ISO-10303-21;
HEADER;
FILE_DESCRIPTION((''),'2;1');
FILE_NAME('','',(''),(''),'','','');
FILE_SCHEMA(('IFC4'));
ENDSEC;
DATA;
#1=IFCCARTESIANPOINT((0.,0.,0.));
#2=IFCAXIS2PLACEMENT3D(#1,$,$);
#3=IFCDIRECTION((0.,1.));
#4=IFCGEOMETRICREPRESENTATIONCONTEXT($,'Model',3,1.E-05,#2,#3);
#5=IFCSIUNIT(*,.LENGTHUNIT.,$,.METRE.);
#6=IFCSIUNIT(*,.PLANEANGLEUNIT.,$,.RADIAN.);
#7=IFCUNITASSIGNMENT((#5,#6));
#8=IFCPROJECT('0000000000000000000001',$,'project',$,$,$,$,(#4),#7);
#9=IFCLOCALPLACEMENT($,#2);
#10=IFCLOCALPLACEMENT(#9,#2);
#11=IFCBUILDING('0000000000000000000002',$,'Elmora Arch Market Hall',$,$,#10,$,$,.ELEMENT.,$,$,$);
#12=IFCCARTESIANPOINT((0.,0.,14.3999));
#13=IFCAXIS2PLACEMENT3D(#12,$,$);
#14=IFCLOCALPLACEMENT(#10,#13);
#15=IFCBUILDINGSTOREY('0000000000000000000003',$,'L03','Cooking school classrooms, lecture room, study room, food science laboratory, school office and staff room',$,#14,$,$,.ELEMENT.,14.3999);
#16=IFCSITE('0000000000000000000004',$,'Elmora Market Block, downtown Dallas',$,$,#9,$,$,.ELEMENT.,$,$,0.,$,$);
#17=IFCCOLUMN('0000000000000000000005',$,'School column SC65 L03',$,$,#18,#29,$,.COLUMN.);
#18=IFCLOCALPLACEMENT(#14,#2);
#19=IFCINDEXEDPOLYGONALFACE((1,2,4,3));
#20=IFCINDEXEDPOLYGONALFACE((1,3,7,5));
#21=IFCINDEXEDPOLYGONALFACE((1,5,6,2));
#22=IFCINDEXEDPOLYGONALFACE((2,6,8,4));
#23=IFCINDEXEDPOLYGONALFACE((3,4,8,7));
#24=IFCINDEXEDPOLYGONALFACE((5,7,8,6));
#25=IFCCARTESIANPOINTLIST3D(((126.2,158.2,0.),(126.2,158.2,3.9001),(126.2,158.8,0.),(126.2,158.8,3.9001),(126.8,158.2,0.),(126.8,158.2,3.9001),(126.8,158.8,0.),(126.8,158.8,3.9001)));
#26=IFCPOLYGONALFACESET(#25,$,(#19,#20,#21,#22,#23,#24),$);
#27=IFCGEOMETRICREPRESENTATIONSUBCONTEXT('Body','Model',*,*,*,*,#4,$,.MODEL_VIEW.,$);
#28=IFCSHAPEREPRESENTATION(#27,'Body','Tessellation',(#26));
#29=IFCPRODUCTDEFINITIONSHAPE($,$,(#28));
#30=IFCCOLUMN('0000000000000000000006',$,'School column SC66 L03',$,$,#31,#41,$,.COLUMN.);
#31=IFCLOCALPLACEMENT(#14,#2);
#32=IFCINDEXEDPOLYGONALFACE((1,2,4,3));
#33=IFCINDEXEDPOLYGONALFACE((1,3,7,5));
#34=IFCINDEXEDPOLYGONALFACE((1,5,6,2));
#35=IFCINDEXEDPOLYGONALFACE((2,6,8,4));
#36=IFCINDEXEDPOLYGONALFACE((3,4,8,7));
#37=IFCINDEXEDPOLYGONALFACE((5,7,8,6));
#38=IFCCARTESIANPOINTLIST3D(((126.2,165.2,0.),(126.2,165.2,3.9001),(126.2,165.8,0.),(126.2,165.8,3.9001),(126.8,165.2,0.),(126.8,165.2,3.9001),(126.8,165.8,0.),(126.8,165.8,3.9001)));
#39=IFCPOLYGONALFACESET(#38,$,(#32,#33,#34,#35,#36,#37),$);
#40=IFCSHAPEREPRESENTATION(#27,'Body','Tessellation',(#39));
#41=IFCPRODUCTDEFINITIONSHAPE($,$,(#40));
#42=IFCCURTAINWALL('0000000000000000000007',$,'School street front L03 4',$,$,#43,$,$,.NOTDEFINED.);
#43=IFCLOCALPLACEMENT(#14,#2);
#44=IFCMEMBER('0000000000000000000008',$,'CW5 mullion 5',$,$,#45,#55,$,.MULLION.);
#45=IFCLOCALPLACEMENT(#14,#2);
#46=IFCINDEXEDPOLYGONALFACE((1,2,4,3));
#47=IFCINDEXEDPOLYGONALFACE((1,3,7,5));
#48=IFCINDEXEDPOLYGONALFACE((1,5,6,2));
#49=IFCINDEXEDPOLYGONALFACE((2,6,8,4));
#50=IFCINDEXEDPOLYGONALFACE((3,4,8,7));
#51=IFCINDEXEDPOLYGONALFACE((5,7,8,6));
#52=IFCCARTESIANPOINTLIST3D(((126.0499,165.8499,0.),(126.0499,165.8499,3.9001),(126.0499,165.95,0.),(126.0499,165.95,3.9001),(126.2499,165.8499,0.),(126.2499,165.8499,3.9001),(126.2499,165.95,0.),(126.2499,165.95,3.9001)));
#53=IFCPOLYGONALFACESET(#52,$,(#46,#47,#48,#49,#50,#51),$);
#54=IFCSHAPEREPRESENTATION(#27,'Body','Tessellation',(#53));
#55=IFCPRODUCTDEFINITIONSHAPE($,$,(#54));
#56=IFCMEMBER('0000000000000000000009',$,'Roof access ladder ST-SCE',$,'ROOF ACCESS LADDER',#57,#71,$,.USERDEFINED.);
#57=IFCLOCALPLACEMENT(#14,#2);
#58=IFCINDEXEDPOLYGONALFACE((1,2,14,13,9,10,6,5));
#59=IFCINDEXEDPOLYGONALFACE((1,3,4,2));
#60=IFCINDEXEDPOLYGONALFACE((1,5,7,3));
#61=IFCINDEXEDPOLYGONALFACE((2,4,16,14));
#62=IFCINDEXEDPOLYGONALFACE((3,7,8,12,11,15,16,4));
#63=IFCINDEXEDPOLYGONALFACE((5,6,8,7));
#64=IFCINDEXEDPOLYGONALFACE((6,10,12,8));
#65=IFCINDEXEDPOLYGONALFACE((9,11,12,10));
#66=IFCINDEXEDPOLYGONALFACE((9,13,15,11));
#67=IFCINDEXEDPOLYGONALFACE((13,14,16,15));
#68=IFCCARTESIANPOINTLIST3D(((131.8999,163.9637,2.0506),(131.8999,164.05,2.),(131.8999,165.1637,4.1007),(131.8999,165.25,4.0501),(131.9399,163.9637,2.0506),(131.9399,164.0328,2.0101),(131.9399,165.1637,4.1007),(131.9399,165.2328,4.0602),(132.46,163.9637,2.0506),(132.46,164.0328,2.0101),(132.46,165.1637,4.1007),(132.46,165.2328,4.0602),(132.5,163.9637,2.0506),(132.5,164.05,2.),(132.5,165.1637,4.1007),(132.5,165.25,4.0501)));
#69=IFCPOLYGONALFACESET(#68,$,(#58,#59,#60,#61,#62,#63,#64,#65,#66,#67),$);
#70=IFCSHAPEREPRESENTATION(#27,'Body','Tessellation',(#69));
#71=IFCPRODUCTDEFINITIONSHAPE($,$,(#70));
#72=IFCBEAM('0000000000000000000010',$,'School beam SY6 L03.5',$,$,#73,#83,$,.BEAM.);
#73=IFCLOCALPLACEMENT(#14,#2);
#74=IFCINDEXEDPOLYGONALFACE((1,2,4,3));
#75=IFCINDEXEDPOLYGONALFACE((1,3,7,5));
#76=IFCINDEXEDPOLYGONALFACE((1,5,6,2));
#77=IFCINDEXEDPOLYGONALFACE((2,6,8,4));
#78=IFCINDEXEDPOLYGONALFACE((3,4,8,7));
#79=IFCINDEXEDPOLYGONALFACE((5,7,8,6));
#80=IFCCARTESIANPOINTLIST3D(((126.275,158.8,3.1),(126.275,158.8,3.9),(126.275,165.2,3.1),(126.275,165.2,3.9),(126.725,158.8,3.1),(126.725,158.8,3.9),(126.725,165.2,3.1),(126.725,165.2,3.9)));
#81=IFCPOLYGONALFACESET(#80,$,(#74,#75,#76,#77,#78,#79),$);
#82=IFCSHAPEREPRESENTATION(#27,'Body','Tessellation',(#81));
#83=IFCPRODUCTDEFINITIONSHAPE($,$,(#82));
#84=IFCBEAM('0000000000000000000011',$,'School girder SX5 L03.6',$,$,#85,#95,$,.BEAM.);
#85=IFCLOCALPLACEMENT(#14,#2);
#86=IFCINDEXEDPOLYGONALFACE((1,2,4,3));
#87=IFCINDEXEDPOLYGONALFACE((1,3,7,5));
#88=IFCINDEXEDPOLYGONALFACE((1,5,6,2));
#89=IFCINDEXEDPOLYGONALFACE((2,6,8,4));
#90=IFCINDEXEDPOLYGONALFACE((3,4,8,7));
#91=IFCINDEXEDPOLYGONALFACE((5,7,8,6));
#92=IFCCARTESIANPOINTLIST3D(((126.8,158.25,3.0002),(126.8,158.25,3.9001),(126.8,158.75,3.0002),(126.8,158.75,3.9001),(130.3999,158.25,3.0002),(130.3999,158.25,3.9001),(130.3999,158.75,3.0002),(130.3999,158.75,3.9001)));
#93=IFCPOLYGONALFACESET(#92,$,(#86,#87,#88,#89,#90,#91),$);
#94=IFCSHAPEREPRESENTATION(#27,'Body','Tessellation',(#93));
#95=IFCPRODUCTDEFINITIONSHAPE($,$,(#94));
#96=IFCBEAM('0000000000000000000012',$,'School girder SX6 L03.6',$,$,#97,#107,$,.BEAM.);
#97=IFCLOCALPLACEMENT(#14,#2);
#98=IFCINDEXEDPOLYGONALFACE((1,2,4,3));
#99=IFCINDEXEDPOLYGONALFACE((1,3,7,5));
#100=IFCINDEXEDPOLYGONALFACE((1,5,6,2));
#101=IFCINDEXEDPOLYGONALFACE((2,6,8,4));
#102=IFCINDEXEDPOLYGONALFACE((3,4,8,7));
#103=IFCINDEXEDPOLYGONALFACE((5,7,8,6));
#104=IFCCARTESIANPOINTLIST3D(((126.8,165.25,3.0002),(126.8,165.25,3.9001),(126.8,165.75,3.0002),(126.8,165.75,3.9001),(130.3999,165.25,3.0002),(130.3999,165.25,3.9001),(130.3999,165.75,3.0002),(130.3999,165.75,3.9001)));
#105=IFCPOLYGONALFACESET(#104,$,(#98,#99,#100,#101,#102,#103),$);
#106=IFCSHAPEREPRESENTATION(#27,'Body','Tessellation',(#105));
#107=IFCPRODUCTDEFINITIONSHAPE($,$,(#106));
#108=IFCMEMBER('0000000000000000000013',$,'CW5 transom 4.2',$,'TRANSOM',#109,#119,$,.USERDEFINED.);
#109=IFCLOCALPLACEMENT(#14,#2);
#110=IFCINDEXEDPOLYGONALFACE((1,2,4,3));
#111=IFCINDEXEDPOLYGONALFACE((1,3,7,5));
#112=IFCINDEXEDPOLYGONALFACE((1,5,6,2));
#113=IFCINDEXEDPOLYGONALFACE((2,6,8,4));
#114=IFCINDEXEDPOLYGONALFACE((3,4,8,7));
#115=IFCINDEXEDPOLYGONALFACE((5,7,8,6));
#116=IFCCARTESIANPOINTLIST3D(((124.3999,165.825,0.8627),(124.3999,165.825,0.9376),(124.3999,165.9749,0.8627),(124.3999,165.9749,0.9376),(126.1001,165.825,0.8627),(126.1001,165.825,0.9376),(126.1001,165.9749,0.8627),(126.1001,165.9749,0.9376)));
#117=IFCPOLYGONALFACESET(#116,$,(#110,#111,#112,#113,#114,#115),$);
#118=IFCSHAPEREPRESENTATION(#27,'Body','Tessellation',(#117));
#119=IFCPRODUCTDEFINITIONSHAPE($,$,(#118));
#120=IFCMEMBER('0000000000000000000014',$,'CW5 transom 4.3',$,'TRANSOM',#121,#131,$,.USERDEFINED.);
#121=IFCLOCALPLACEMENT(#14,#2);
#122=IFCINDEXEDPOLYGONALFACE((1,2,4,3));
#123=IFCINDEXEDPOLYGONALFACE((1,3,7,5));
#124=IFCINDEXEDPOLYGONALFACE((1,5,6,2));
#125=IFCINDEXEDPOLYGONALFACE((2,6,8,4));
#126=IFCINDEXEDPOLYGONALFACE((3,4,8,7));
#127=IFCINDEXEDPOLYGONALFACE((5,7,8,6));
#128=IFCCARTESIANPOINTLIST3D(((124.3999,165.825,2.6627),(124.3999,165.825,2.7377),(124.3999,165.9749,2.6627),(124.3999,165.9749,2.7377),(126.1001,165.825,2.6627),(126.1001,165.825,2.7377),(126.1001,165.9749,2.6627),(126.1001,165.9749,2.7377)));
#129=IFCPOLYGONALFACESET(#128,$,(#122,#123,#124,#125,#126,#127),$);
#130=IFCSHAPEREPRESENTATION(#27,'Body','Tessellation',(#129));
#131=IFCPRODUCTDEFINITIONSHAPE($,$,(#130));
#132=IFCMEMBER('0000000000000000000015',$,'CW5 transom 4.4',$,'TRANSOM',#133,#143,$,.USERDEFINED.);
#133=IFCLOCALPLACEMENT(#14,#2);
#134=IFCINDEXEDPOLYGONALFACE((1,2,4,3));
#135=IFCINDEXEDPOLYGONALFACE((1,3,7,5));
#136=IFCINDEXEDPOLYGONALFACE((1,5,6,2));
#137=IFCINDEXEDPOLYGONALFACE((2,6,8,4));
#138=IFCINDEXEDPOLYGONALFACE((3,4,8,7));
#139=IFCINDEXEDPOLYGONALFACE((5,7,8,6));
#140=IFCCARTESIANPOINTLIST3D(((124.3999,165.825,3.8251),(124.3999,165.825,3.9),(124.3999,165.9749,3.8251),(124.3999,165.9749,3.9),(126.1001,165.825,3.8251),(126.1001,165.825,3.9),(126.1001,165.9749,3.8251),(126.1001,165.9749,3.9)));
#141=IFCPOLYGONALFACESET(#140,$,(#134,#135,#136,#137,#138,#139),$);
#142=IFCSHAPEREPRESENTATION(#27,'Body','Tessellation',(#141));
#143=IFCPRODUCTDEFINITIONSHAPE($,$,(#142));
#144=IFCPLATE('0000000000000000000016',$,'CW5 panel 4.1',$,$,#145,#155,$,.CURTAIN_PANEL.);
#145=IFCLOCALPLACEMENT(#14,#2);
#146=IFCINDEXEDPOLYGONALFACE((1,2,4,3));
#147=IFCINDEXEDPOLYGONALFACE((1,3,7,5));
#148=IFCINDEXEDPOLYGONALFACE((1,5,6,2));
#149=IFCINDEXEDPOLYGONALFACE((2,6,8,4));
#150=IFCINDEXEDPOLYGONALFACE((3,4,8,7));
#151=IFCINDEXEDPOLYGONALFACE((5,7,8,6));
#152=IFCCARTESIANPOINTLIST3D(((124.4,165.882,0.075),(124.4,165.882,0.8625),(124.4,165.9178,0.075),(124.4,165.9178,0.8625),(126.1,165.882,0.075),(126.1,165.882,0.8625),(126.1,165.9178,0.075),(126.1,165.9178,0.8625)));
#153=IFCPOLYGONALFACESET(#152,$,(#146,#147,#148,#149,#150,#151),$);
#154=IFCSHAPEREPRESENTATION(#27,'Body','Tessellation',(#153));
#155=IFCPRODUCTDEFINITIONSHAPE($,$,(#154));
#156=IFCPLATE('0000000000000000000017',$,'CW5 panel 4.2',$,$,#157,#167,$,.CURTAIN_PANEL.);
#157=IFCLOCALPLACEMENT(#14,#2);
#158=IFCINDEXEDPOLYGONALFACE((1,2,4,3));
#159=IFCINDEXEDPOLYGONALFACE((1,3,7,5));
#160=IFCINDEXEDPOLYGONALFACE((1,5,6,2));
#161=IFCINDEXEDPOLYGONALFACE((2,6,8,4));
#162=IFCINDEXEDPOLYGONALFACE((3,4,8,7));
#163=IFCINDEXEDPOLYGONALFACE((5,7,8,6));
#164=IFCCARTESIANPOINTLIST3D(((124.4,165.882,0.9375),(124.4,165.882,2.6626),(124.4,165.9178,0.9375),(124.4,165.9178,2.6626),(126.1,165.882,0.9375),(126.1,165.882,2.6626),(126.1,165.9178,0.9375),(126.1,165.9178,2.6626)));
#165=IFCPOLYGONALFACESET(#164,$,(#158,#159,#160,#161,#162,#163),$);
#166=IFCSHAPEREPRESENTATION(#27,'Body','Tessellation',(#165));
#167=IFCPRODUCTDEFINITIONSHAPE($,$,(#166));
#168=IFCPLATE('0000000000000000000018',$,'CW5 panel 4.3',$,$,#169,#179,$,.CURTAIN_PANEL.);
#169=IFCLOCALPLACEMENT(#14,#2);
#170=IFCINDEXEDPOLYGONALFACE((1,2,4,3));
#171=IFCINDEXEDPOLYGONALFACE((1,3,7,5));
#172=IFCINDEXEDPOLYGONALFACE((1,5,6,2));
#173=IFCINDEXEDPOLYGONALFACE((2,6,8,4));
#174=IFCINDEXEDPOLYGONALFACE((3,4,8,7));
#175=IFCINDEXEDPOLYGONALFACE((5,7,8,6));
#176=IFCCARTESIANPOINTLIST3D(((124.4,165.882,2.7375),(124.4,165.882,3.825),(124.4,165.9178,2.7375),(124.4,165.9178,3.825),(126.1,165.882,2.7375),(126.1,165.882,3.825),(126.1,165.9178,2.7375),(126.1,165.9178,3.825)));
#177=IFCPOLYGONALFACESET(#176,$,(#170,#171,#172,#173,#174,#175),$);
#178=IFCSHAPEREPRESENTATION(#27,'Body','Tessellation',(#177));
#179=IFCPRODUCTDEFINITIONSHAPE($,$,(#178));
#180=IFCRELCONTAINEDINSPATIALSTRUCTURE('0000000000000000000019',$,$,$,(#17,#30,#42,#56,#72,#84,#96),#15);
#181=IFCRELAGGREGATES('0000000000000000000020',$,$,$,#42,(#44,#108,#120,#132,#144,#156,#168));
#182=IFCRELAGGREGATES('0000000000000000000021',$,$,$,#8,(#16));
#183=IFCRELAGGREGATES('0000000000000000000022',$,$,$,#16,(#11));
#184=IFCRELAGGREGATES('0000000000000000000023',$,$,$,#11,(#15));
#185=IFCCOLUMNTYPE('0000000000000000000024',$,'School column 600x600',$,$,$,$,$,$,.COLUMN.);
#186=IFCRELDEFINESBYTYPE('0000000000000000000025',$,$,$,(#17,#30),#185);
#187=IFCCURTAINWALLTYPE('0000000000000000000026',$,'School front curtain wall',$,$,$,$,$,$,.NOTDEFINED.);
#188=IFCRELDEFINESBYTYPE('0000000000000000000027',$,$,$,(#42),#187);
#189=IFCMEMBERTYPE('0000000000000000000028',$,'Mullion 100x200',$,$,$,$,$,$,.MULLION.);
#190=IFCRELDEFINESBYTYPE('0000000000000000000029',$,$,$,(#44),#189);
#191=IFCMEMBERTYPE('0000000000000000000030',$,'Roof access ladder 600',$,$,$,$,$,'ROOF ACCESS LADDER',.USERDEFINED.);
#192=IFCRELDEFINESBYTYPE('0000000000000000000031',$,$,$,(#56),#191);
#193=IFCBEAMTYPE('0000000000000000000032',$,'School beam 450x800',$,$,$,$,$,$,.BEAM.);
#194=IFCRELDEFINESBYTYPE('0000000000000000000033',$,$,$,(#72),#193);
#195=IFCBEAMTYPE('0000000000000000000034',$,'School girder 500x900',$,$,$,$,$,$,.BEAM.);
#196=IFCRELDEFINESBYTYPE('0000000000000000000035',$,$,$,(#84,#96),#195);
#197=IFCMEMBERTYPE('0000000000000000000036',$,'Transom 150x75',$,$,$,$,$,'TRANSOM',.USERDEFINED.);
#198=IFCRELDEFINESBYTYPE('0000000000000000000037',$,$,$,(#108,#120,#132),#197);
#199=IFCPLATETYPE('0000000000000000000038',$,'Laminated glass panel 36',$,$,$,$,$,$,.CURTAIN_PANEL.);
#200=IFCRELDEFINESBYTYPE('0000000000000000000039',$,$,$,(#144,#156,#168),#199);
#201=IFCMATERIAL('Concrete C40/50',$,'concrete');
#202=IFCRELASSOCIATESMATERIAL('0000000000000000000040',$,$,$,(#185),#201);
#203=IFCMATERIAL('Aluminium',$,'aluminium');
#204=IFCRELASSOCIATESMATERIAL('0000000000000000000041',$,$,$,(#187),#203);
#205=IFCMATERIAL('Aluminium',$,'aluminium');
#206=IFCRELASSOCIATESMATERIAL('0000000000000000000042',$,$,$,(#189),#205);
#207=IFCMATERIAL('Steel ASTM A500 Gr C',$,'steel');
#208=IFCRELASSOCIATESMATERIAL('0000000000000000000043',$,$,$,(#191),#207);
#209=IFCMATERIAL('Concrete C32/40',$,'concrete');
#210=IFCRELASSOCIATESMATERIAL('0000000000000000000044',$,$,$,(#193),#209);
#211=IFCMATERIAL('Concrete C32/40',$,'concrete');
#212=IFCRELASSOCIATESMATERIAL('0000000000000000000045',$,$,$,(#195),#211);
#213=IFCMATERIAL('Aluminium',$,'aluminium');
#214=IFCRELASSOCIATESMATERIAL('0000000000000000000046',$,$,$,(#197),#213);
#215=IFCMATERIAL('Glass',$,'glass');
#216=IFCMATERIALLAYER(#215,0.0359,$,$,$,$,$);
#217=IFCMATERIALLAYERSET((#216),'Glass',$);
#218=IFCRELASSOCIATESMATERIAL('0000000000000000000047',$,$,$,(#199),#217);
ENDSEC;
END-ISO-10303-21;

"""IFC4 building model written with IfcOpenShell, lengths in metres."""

from ifc_helpers import new_model, si_unit, direction, frame, origin, origin_2d, place, context, subcontext, project, spatial, polyline, rectangle, outline, extrude, material, layer, layer_set, material_profile, profile_set, type_object, element, aggregate, save


model = new_model("IFC4")

# Units and contexts
model_context = context("Model", 3, precision=1e-05, world=origin(), true_north=direction((0.0, 1.0)))
body_context = subcontext(model_context, "Body", "Model", "MODEL_VIEW")
ifc_project = project(units=[si_unit("LENGTHUNIT", "METRE"), si_unit("PLANEANGLEUNIT", "RADIAN")], contexts=[model_context])

# Site, building, storey
site_placement = place(None, origin())
site = spatial("IfcSite", under=ifc_project, at=site_placement, Name="Elmora Market Block, downtown Dallas", CompositionType="ELEMENT", RefElevation=0.0)
building_placement = place(site_placement, origin())
building = spatial("IfcBuilding", under=site, at=building_placement, Name="Elmora Arch Market Hall", CompositionType="ELEMENT")
storey_placement = place(building_placement, frame((0.0, 0.0, 14.3999)))
storey = spatial("IfcBuildingStorey", under=building, at=storey_placement, Name="L03", Description="Cooking school classrooms, lecture room, study room, food science laboratory, school office and staff room", CompositionType="ELEMENT", Elevation=14.3999)

# Columns
ifc_material_1 = material(Name="Concrete C40/50", Category="concrete")
ifc_material_profile_1 = material_profile(ifc_material_1, rectangle(XDim=0.6001, YDim=0.6001, at=origin_2d()), Name="School column 600x600")
ifc_profile_set_1 = profile_set([ifc_material_profile_1], Name="Concrete C40/50")
column_type = type_object("IfcColumnType", Name="School column 600x600", PredefinedType="COLUMN", material=ifc_profile_set_1)
for number, where, z_axis, x_axis, name in (
    (1, (126.5, 158.5, 0.0), (0.0, 0.0, 1.0), (1.0, 0.0, 0.0), "School column SC65 L03"),
    (2, (126.5, 165.5, 0.0), (0.0, 0.0, 1.0), (1.0, 0.0, 0.0), "School column SC66 L03"),
):
    element("IfcColumn", number, at=place(storey_placement, frame(where, z_axis=z_axis, x_axis=x_axis)), inside=storey, type_object=column_type, Name=name, PredefinedType="COLUMN", context=body_context, shape_type="SweptSolid", body=[
        extrude(rectangle(XDim=0.6001, YDim=0.6001, at=origin_2d()), origin(), (0.0, 0.0, 1.0), 3.9001),
    ])

# Curtain wall, member
ifc_material_2 = material(Name="Aluminium", Category="aluminium")
curtain_wall_type = type_object("IfcCurtainWallType", Name="School front curtain wall", PredefinedType="NOTDEFINED", material=ifc_material_2)
curtain_wall_placement = place(storey_placement, origin())
curtain_wall = element("IfcCurtainWall", 3, at=curtain_wall_placement, inside=storey, type_object=curtain_wall_type, Name="School street front L03 4", PredefinedType="NOTDEFINED")
ifc_material_3 = material(Name="Aluminium", Category="aluminium")
ifc_material_profile_2 = material_profile(ifc_material_3, rectangle(XDim=0.1001, YDim=0.2, at=origin_2d()), Name="AL 100x200")
ifc_profile_set_2 = profile_set([ifc_material_profile_2], Name="Aluminium")
member_type_1 = type_object("IfcMemberType", Name="Mullion 100x200", PredefinedType="MULLION", material=ifc_profile_set_2)
member_1_placement = place(storey_placement, frame((126.1499, 165.8999, 0.0), z_axis=(0.0, 0.0, 1.0), x_axis=(0.0, 1.0, 0.0)))
member_1 = element("IfcMember", 4, at=member_1_placement, type_object=member_type_1, Name="CW5 mullion 5", PredefinedType="MULLION", context=body_context, shape_type="SweptSolid", body=[
    extrude(rectangle(XDim=0.1001, YDim=0.2, at=origin_2d()), origin(), (0.0, 0.0, 1.0), 3.9001),
])

# Member
ifc_material_4 = material(Name="Steel ASTM A500 Gr C", Category="steel")
ifc_material_profile_3 = material_profile(ifc_material_4, outline(polyline([(-0.3, 0.0), (0.3, 0.0), (0.3, 0.1001), (0.26, 0.1001), (0.26, 0.02), (-0.26, 0.02), (-0.26, 0.1001), (-0.3, 0.1001), (-0.3, 0.0)])), Name="Ladder channel 600 x 100")
ifc_profile_set_3 = profile_set([ifc_material_profile_3], Name="Steel ASTM A500 Gr C")
member_type_2 = type_object("IfcMemberType", Name="Roof access ladder 600", ElementType="ROOF ACCESS LADDER", PredefinedType="USERDEFINED", material=ifc_profile_set_3)
member_2_placement = place(storey_placement, frame((132.2, 164.05, 2.0), z_axis=(0.0, 0.505155, 0.863029), x_axis=(-1.0, 0.0, 0.0)))
element("IfcMember", 5, at=member_2_placement, inside=storey, type_object=member_type_2, Name="Roof access ladder ST-SCE", ObjectType="ROOF ACCESS LADDER", PredefinedType="USERDEFINED", context=body_context, shape_type="SweptSolid", body=[
    extrude(outline(polyline([(-0.3, 0.0), (0.3, 0.0), (0.3, 0.1001), (0.26, 0.1001), (0.26, 0.02), (-0.26, 0.02), (-0.26, 0.1001), (-0.3, 0.1001), (-0.3, 0.0)])), origin(), (0.0, 0.0, 1.0), 2.3755),
])

# Beams
ifc_material_5 = material(Name="Concrete C32/40", Category="concrete")
ifc_material_profile_4 = material_profile(ifc_material_5, rectangle(XDim=0.45, YDim=0.8, at=origin_2d()), Name="School beam 450x800")
ifc_profile_set_4 = profile_set([ifc_material_profile_4], Name="Concrete C32/40")
beam_type_1 = type_object("IfcBeamType", Name="School beam 450x800", PredefinedType="BEAM", material=ifc_profile_set_4)
beam_placement = place(storey_placement, frame((126.5, 158.8, 3.5), z_axis=(0.0, 1.0, 0.0), x_axis=(-1.0, 0.0, 0.0)))
element("IfcBeam", 6, at=beam_placement, inside=storey, type_object=beam_type_1, Name="School beam SY6 L03.5", PredefinedType="BEAM", context=body_context, shape_type="SweptSolid", body=[
    extrude(rectangle(XDim=0.45, YDim=0.8, at=origin_2d()), origin(), (0.0, 0.0, 1.0), 6.3999),
])
ifc_material_6 = material(Name="Concrete C32/40", Category="concrete")
ifc_material_profile_5 = material_profile(ifc_material_6, rectangle(XDim=0.5, YDim=0.8999, at=origin_2d()), Name="School girder 500x900")
ifc_profile_set_5 = profile_set([ifc_material_profile_5], Name="Concrete C32/40")
beam_type_2 = type_object("IfcBeamType", Name="School girder 500x900", PredefinedType="BEAM", material=ifc_profile_set_5)
for number, where, z_axis, x_axis, name in (
    (7, (126.8, 158.5, 3.4502), (1.0, 0.0, 0.0), (0.0, 1.0, 0.0), "School girder SX5 L03.6"),
    (8, (126.8, 165.5, 3.4502), (1.0, 0.0, 0.0), (0.0, 1.0, 0.0), "School girder SX6 L03.6"),
):
    element("IfcBeam", number, at=place(storey_placement, frame(where, z_axis=z_axis, x_axis=x_axis)), inside=storey, type_object=beam_type_2, Name=name, PredefinedType="BEAM", context=body_context, shape_type="SweptSolid", body=[
        extrude(rectangle(XDim=0.5, YDim=0.8999, at=origin_2d()), origin(), (0.0, 0.0, 1.0), 3.5999),
    ])

# Members
ifc_material_7 = material(Name="Aluminium", Category="aluminium")
ifc_material_profile_6 = material_profile(ifc_material_7, rectangle(XDim=0.1499, YDim=0.075, at=origin_2d()), Name="AL 150x75")
ifc_profile_set_6 = profile_set([ifc_material_profile_6], Name="Aluminium")
member_type_3 = type_object("IfcMemberType", Name="Transom 150x75", ElementType="TRANSOM", PredefinedType="USERDEFINED", material=ifc_profile_set_6)
member_3_placement = place(storey_placement, frame((124.3999, 165.8999, 0.9001), z_axis=(1.0, 0.0, 0.0), x_axis=(0.0, 1.0, 0.0)))
member_3 = element("IfcMember", 9, at=member_3_placement, type_object=member_type_3, Name="CW5 transom 4.2", ObjectType="TRANSOM", PredefinedType="USERDEFINED", context=body_context, shape_type="SweptSolid", body=[
    extrude(rectangle(XDim=0.1499, YDim=0.075, at=origin_2d()), origin(), (0.0, 0.0, 1.0), 1.7002),
])
member_4_placement = place(storey_placement, frame((124.3999, 165.8999, 2.7002), z_axis=(1.0, 0.0, 0.0), x_axis=(0.0, 1.0, 0.0)))
member_4 = element("IfcMember", 10, at=member_4_placement, type_object=member_type_3, Name="CW5 transom 4.3", ObjectType="TRANSOM", PredefinedType="USERDEFINED", context=body_context, shape_type="SweptSolid", body=[
    extrude(rectangle(XDim=0.1499, YDim=0.075, at=origin_2d()), origin(), (0.0, 0.0, 1.0), 1.7002),
])
member_5_placement = place(storey_placement, frame((124.3999, 165.8999, 3.8625), z_axis=(1.0, 0.0, 0.0), x_axis=(0.0, 1.0, 0.0)))
member_5 = element("IfcMember", 11, at=member_5_placement, type_object=member_type_3, Name="CW5 transom 4.4", ObjectType="TRANSOM", PredefinedType="USERDEFINED", context=body_context, shape_type="SweptSolid", body=[
    extrude(rectangle(XDim=0.1499, YDim=0.075, at=origin_2d()), origin(), (0.0, 0.0, 1.0), 1.7002),
])

# Plates
ifc_material_8 = material(Name="Glass", Category="glass")
ifc_layer_1 = layer(ifc_material_8, 0.0359)
ifc_layer_set_1 = layer_set([ifc_layer_1], Name="Glass")
plate_type = type_object("IfcPlateType", Name="Laminated glass panel 36", PredefinedType="CURTAIN_PANEL", material=ifc_layer_set_1)
plate_1_placement = place(storey_placement, frame((125.25, 165.8999, 0.075), z_axis=(0.0, 0.0, 1.0), x_axis=(1.0, 0.0, 0.0)))
plate_1 = element("IfcPlate", 12, at=plate_1_placement, type_object=plate_type, Name="CW5 panel 4.1", PredefinedType="CURTAIN_PANEL", context=body_context, shape_type="SweptSolid", body=[
    extrude(rectangle(XDim=1.7, YDim=0.0359, at=origin_2d()), origin(), (0.0, 0.0, 1.0), 0.7876),
])
plate_2_placement = place(storey_placement, frame((125.25, 165.8999, 0.9375), z_axis=(0.0, 0.0, 1.0), x_axis=(1.0, 0.0, 0.0)))
plate_2 = element("IfcPlate", 13, at=plate_2_placement, type_object=plate_type, Name="CW5 panel 4.2", PredefinedType="CURTAIN_PANEL", context=body_context, shape_type="SweptSolid", body=[
    extrude(rectangle(XDim=1.7, YDim=0.0359, at=origin_2d()), origin(), (0.0, 0.0, 1.0), 1.7251),
])
plate_3_placement = place(storey_placement, frame((125.25, 165.8999, 2.7375), z_axis=(0.0, 0.0, 1.0), x_axis=(1.0, 0.0, 0.0)))
plate_3 = element("IfcPlate", 14, at=plate_3_placement, type_object=plate_type, Name="CW5 panel 4.3", PredefinedType="CURTAIN_PANEL", context=body_context, shape_type="SweptSolid", body=[
    extrude(rectangle(XDim=1.7, YDim=0.0359, at=origin_2d()), origin(), (0.0, 0.0, 1.0), 1.0874),
])
aggregate(curtain_wall, [member_1, member_3, member_4, member_5, plate_1, plate_2, plate_3])

save(model, "model.ifc")
